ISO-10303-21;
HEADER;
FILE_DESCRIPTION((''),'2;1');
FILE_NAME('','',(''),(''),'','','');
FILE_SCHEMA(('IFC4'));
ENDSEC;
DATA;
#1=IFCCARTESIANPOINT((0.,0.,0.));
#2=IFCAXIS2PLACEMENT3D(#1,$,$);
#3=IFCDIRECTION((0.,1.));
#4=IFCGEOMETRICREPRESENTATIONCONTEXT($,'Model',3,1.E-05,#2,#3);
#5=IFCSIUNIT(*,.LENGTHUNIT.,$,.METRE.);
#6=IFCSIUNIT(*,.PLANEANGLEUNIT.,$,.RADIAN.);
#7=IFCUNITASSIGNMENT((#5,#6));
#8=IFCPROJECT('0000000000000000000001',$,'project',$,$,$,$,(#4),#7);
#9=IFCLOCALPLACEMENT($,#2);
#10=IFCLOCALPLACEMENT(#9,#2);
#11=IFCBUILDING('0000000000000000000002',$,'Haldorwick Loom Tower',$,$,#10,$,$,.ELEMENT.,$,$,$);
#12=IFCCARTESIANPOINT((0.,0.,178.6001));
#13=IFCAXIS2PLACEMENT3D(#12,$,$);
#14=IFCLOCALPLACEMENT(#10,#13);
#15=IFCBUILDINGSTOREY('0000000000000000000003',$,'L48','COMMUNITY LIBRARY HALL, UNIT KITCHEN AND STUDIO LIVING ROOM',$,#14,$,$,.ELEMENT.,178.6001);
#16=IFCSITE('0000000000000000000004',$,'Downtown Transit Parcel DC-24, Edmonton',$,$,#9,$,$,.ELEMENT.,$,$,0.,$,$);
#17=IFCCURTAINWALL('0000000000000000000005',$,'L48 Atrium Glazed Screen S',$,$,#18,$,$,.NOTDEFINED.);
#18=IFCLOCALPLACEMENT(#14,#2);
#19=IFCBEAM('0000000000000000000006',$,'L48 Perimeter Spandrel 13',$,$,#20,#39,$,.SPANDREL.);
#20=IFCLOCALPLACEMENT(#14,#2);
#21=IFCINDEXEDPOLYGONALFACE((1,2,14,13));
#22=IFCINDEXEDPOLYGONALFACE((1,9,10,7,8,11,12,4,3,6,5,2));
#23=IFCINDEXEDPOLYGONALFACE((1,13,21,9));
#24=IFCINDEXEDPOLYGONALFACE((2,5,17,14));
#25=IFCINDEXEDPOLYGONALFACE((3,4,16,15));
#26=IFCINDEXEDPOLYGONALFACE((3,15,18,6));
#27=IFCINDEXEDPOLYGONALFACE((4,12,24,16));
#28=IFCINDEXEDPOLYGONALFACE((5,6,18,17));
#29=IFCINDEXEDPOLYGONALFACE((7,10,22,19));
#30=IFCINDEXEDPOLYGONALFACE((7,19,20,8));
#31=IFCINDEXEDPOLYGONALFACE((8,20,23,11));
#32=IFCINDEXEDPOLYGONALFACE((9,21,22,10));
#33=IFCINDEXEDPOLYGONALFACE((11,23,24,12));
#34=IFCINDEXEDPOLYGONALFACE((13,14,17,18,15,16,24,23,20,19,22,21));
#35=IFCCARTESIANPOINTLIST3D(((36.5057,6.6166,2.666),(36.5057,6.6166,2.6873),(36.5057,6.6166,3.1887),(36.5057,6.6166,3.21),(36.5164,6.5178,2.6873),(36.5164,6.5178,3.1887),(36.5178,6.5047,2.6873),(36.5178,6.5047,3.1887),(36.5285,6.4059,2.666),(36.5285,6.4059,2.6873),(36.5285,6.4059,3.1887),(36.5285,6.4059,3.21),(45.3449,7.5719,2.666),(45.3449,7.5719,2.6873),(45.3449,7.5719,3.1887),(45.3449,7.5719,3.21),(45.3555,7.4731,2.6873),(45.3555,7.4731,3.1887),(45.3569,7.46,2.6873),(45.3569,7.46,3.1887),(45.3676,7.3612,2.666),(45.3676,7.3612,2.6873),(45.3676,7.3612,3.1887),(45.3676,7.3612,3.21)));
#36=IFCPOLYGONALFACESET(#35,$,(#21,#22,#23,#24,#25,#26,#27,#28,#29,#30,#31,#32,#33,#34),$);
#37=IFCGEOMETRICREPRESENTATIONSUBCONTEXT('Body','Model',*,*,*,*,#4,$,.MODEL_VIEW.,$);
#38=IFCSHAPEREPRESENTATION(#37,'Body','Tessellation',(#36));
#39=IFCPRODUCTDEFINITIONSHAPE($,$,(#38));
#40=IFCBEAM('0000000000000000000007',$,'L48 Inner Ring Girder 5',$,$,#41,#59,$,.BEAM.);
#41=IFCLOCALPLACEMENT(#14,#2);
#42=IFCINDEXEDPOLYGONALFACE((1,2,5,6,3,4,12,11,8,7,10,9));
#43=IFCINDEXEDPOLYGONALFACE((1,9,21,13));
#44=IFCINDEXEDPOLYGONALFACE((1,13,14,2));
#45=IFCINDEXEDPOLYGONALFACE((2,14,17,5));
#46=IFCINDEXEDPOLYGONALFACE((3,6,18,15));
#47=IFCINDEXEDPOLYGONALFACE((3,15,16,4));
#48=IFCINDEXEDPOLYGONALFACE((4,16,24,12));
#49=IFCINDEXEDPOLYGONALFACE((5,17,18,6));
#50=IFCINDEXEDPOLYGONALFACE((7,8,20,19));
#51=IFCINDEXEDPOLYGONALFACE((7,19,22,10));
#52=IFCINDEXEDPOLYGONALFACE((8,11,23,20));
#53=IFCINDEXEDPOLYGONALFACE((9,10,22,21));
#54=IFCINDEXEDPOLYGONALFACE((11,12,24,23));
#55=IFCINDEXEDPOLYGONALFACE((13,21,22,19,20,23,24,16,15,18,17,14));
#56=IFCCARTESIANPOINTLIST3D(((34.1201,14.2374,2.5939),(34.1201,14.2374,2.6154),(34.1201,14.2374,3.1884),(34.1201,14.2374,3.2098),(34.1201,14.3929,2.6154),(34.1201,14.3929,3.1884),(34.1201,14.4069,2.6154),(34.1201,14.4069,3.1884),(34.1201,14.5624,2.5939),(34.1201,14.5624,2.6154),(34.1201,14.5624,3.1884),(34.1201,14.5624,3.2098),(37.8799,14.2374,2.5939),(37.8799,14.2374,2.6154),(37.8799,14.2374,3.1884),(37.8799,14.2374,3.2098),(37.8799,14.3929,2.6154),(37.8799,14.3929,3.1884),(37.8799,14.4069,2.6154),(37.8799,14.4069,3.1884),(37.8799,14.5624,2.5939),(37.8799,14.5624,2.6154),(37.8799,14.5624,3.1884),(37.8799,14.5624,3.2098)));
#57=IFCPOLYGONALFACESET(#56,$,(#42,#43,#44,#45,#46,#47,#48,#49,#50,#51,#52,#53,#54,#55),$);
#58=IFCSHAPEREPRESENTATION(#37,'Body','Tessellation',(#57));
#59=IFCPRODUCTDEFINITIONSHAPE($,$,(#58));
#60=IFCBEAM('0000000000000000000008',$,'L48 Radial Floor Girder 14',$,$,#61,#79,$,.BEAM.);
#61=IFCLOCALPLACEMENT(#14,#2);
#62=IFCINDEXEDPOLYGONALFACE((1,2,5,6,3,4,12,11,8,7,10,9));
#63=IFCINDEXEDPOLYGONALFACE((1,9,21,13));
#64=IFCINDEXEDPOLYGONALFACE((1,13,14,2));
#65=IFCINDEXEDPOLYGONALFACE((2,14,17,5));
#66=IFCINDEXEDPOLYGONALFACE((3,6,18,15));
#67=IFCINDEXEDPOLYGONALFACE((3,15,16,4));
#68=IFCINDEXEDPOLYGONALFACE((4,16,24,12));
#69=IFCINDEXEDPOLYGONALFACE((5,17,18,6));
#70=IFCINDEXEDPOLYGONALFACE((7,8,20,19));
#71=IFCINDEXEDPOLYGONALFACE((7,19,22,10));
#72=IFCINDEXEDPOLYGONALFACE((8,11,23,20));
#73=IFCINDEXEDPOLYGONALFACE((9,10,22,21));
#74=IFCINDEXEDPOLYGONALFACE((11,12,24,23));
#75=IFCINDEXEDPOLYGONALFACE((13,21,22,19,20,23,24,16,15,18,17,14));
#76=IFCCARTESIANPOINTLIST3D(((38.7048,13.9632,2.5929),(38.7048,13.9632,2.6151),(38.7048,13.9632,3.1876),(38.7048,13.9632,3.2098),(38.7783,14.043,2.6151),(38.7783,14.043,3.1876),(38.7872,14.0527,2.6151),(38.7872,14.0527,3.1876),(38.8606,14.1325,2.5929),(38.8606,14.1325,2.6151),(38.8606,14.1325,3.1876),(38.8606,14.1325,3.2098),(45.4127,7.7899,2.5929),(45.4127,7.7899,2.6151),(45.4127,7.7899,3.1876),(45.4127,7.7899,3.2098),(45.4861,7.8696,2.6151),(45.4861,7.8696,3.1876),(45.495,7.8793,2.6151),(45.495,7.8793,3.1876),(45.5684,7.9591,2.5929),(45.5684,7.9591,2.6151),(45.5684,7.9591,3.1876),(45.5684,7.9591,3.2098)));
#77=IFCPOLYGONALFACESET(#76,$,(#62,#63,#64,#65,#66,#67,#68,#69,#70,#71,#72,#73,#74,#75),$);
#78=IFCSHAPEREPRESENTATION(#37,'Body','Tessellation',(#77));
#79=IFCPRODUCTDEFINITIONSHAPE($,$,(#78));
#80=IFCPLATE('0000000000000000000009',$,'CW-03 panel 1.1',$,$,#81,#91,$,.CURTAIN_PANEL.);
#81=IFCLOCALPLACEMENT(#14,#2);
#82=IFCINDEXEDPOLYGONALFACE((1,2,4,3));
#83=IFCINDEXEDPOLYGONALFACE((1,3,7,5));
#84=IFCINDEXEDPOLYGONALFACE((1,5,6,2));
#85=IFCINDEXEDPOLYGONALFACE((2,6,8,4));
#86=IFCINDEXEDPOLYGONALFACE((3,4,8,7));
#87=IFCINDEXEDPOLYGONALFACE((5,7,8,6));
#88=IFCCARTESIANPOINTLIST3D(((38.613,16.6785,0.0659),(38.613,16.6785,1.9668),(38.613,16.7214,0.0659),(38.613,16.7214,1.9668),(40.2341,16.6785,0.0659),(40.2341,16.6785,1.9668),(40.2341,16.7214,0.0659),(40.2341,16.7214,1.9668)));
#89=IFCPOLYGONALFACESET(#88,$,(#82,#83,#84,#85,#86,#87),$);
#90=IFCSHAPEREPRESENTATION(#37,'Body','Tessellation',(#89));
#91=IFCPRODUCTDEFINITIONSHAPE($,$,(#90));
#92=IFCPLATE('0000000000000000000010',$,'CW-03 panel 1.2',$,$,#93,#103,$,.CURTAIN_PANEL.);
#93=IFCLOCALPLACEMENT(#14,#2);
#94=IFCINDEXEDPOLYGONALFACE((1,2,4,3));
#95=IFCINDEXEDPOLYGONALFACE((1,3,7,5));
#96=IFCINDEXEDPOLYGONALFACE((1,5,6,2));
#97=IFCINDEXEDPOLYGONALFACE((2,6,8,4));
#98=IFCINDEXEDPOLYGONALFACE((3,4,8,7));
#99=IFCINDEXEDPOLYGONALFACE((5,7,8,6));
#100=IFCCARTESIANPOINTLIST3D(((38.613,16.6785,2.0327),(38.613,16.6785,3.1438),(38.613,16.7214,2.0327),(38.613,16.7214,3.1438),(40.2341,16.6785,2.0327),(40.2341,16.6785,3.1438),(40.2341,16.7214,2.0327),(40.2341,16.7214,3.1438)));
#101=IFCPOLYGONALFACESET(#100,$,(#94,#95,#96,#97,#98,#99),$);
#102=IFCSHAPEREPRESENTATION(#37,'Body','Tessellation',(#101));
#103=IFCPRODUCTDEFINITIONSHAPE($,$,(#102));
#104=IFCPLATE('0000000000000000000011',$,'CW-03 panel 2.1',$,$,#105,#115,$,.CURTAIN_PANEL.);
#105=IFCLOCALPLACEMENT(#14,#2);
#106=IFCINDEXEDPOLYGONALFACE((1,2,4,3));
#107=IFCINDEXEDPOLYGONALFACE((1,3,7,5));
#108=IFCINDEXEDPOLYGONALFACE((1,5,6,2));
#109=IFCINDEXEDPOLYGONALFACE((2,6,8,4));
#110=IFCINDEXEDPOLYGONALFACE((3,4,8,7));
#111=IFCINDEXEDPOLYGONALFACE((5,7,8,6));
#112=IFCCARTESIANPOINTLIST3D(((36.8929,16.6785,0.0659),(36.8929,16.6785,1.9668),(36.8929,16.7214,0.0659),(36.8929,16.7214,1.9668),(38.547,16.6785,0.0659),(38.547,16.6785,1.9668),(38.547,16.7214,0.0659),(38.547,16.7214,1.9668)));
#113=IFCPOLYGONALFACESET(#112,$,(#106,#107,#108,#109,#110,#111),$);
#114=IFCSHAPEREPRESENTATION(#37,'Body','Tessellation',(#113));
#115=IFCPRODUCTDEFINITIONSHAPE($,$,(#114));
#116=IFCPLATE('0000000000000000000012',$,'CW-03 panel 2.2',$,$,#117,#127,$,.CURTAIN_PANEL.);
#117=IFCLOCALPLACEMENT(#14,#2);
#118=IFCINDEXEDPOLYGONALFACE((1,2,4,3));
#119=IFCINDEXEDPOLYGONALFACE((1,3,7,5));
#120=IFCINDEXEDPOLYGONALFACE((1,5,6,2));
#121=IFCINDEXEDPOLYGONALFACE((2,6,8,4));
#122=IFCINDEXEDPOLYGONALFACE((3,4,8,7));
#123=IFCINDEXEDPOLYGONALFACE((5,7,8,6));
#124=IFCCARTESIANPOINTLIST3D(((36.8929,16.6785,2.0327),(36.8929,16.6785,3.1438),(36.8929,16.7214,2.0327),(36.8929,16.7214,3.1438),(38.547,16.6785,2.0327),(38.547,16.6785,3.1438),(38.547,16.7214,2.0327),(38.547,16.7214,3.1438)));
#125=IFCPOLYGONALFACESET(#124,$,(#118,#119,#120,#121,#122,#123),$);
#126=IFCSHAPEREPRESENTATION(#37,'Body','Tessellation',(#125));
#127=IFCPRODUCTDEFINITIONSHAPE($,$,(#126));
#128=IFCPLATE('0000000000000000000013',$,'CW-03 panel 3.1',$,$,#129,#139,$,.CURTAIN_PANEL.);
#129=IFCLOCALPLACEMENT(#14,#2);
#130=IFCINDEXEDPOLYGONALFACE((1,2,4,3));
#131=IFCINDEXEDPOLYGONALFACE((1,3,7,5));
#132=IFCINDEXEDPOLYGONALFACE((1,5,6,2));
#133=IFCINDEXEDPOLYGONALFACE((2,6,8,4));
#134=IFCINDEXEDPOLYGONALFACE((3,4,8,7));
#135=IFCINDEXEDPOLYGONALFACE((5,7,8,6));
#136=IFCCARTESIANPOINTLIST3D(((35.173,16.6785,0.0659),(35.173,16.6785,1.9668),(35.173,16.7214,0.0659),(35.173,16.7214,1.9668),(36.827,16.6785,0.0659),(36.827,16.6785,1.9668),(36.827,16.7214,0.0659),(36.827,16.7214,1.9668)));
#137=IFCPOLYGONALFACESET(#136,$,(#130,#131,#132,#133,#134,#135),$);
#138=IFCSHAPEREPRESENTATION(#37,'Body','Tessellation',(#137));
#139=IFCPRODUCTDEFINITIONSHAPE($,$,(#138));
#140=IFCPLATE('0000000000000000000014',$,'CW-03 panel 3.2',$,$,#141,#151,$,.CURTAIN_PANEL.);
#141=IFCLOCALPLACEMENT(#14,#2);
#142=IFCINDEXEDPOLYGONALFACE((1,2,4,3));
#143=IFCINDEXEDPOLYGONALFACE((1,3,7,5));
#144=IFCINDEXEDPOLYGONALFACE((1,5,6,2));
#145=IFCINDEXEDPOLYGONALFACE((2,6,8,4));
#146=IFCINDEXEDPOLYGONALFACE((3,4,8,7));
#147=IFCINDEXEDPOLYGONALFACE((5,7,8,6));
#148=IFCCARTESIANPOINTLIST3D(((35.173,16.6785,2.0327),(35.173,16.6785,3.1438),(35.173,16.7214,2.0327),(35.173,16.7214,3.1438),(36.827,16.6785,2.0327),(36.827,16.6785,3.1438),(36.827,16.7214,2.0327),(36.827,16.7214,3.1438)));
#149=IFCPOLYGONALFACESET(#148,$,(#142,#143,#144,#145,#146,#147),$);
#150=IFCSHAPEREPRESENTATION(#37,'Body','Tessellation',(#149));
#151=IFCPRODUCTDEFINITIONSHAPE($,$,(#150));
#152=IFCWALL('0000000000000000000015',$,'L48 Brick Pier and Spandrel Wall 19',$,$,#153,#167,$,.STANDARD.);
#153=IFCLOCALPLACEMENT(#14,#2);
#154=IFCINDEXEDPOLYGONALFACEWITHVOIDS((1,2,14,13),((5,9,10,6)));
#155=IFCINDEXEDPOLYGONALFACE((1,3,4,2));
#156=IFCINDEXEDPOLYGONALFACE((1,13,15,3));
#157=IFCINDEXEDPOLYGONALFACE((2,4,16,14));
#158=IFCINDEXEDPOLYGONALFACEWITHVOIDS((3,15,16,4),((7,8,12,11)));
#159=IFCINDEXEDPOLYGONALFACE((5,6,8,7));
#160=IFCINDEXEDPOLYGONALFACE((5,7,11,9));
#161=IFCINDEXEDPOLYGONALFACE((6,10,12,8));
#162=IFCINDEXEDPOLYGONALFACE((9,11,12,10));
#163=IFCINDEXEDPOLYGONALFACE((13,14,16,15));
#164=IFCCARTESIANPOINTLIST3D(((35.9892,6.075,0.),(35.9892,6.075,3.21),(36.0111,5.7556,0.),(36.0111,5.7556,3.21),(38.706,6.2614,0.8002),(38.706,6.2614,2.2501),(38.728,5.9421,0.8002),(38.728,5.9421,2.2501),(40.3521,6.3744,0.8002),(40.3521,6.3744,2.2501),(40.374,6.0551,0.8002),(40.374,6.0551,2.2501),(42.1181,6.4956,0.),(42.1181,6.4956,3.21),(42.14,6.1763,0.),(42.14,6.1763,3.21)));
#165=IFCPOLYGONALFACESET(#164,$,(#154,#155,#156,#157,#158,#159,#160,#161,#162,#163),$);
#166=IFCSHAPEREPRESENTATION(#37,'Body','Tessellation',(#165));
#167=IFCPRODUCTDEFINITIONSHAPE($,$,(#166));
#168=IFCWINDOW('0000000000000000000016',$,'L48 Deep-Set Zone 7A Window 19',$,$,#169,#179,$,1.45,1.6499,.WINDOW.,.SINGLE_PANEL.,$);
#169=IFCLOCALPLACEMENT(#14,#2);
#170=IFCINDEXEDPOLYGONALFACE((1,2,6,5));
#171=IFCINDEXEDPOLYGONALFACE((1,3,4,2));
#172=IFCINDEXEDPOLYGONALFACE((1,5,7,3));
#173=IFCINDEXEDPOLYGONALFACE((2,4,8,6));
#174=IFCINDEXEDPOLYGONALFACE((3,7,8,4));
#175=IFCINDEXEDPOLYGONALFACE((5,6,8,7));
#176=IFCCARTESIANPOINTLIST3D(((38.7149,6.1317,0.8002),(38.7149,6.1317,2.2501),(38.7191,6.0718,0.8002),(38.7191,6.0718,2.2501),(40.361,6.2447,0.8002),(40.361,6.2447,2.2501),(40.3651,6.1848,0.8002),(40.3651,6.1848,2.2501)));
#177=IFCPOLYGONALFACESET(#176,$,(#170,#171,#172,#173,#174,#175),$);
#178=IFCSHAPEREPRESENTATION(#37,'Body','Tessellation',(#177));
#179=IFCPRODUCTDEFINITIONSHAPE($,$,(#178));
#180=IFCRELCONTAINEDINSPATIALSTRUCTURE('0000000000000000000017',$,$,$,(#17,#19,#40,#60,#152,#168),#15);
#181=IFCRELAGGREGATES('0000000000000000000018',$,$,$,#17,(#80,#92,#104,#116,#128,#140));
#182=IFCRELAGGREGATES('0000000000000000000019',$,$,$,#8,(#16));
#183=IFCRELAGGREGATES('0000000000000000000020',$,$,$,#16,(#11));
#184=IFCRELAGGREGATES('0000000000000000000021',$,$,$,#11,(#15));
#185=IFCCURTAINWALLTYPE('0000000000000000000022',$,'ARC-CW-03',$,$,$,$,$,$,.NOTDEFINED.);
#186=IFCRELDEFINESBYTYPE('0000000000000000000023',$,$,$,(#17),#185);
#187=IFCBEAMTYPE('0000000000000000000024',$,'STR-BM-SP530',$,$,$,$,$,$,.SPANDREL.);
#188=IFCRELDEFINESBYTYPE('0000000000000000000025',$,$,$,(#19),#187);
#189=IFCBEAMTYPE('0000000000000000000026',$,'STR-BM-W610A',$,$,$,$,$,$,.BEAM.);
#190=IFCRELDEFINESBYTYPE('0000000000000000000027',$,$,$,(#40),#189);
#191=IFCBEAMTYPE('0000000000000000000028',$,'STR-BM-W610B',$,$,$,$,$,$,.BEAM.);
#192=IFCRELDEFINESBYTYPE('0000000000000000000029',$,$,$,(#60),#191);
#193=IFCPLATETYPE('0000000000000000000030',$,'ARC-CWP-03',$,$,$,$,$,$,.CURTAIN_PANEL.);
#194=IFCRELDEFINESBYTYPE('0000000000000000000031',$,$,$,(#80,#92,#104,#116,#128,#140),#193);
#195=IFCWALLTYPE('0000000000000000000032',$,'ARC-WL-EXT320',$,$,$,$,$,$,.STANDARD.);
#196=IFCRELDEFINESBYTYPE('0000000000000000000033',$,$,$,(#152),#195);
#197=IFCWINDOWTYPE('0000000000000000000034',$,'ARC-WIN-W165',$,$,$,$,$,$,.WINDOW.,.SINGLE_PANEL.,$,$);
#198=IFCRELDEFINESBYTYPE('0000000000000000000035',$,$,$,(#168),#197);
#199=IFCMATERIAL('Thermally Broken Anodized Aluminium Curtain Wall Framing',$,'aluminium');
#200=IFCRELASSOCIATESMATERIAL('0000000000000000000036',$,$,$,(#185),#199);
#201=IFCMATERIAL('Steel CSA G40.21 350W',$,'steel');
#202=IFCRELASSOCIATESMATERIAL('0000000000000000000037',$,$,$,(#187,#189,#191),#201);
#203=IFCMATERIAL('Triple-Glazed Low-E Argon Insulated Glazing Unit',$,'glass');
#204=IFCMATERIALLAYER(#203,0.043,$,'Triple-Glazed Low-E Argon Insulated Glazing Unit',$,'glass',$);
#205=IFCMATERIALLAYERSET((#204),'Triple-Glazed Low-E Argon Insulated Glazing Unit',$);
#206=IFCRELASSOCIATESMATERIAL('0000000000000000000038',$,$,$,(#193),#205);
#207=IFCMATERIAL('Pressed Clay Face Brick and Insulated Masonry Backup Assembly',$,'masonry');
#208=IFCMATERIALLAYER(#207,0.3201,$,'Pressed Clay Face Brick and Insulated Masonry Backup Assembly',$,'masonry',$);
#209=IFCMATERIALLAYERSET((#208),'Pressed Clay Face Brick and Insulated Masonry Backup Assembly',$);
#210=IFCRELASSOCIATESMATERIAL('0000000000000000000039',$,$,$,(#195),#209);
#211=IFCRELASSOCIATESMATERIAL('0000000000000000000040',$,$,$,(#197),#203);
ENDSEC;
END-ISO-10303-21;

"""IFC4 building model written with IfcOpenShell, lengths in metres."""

from ifc_helpers import new_model, si_unit, direction, frame, frame_2d, origin, origin_2d, place, context, subcontext, project, spatial, rectangle, i_section, extrude, material, layer, layer_set, material_profile, profile_set, type_object, element, fill, aggregate, save


model = new_model("IFC4")

# Units and contexts
model_context = context("Model", 3, precision=1e-05, world=origin(), true_north=direction((0.0, 1.0)))
body_context = subcontext(model_context, "Body", "Model", "MODEL_VIEW")
ifc_project = project(units=[si_unit("LENGTHUNIT", "METRE"), si_unit("PLANEANGLEUNIT", "RADIAN")], contexts=[model_context])

# Site, building, storey
site_placement = place(None, origin())
site = spatial("IfcSite", under=ifc_project, at=site_placement, Name="Downtown Transit Parcel DC-24, Edmonton", CompositionType="ELEMENT", RefElevation=0.0)
building_placement = place(site_placement, origin())
building = spatial("IfcBuilding", under=site, at=building_placement, Name="Haldorwick Loom Tower", CompositionType="ELEMENT")
storey_placement = place(building_placement, frame((0.0, 0.0, 178.6001)))
storey = spatial("IfcBuildingStorey", under=building, at=storey_placement, Name="L48", Description="COMMUNITY LIBRARY HALL, UNIT KITCHEN AND STUDIO LIVING ROOM", CompositionType="ELEMENT", Elevation=178.6001)

# Curtain wall
ifc_material_1 = material(Name="Thermally Broken Anodized Aluminium Curtain Wall Framing", Category="aluminium")
curtain_wall_type = type_object("IfcCurtainWallType", Name="ARC-CW-03", PredefinedType="NOTDEFINED", material=ifc_material_1)
curtain_wall_placement = place(storey_placement, origin())
curtain_wall = element("IfcCurtainWall", 1, at=curtain_wall_placement, inside=storey, type_object=curtain_wall_type, Name="L48 Atrium Glazed Screen S", PredefinedType="NOTDEFINED")

# Beams
ifc_material_2 = material(Name="Steel CSA G40.21 350W", Category="steel")
ifc_material_profile_1 = material_profile(ifc_material_2, i_section(OverallWidth=0.2119, OverallDepth=0.5439, WebThickness=0.0132, FlangeThickness=0.0212, at=origin_2d()), Name="W530X123", Category="steel")
ifc_profile_set_1 = profile_set([ifc_material_profile_1], Name="Steel CSA G40.21 350W")
beam_type_1 = type_object("IfcBeamType", Name="STR-BM-SP530", PredefinedType="SPANDREL", material=ifc_profile_set_1)
beam_1_placement = place(storey_placement, frame((36.5171, 6.5112, 2.938), z_axis=(0.99421, 0.107453, 0.0), x_axis=(-0.107453, 0.99421, 0.0)))
element("IfcBeam", 2, at=beam_1_placement, inside=storey, type_object=beam_type_1, Name="L48 Perimeter Spandrel 13", PredefinedType="SPANDREL", context=body_context, shape_type="SweptSolid", body=[
    extrude(i_section(OverallWidth=0.2119, OverallDepth=0.5439, WebThickness=0.0132, FlangeThickness=0.0212, at=origin_2d()), origin(), (0.0, 0.0, 1.0), 8.8906),
])
ifc_material_profile_2 = material_profile(ifc_material_2, i_section(OverallWidth=0.325, OverallDepth=0.616, WebThickness=0.0139, FlangeThickness=0.0215, at=origin_2d()), Name="W610X174", Category="steel")
ifc_profile_set_2 = profile_set([ifc_material_profile_2], Name="Steel CSA G40.21 350W")
beam_type_2 = type_object("IfcBeamType", Name="STR-BM-W610A", PredefinedType="BEAM", material=ifc_profile_set_2)
beam_2_placement = place(storey_placement, frame((37.8799, 14.3999, 2.9019), z_axis=(-1.0, 0.0, 0.0), x_axis=(0.0, -1.0, 0.0)))
element("IfcBeam", 3, at=beam_2_placement, inside=storey, type_object=beam_type_2, Name="L48 Inner Ring Girder 5", PredefinedType="BEAM", context=body_context, shape_type="SweptSolid", body=[
    extrude(i_section(OverallWidth=0.325, OverallDepth=0.616, WebThickness=0.0139, FlangeThickness=0.0215, at=origin_2d()), origin(), (0.0, 0.0, 1.0), 3.7598),
])
ifc_material_profile_3 = material_profile(ifc_material_2, i_section(OverallWidth=0.23, OverallDepth=0.6169, WebThickness=0.0132, FlangeThickness=0.0222, at=origin_2d()), Name="W610X140", Category="steel")
ifc_profile_set_3 = profile_set([ifc_material_profile_3], Name="Steel CSA G40.21 350W")
beam_type_3 = type_object("IfcBeamType", Name="STR-BM-W610B", PredefinedType="BEAM", material=ifc_profile_set_3)
beam_3_placement = place(storey_placement, frame((38.7827, 14.0479, 2.9014), z_axis=(0.735811, -0.677187, 0.0), x_axis=(0.677187, 0.735811, 0.0)))
element("IfcBeam", 4, at=beam_3_placement, inside=storey, type_object=beam_type_3, Name="L48 Radial Floor Girder 14", PredefinedType="BEAM", context=body_context, shape_type="SweptSolid", body=[
    extrude(i_section(OverallWidth=0.23, OverallDepth=0.6169, WebThickness=0.0132, FlangeThickness=0.0222, at=origin_2d()), origin(), (0.0, 0.0, 1.0), 9.1162),
])

# Plates
ifc_material_3 = material(Name="Triple-Glazed Low-E Argon Insulated Glazing Unit", Category="glass")
ifc_layer_1 = layer(ifc_material_3, 0.043, Name="Triple-Glazed Low-E Argon Insulated Glazing Unit", Category="glass")
ifc_layer_set_1 = layer_set([ifc_layer_1], Name="Triple-Glazed Low-E Argon Insulated Glazing Unit")
plate_type = type_object("IfcPlateType", Name="ARC-CWP-03", PredefinedType="CURTAIN_PANEL", material=ifc_layer_set_1)
plate_1_placement = place(storey_placement, frame((39.4236, 16.7, 0.0659), z_axis=(0.0, 0.0, 1.0), x_axis=(-1.0, 0.0, 0.0)))
plate_1 = element("IfcPlate", 5, at=plate_1_placement, type_object=plate_type, Name="CW-03 panel 1.1", PredefinedType="CURTAIN_PANEL", context=body_context, shape_type="SweptSolid", body=[
    extrude(rectangle(XDim=1.6211, YDim=0.043, at=origin_2d()), origin(), (0.0, 0.0, 1.0), 1.9009),
])
plate_2_placement = place(storey_placement, frame((39.4236, 16.7, 2.0327), z_axis=(0.0, 0.0, 1.0), x_axis=(-1.0, 0.0, 0.0)))
plate_2 = element("IfcPlate", 6, at=plate_2_placement, type_object=plate_type, Name="CW-03 panel 1.2", PredefinedType="CURTAIN_PANEL", context=body_context, shape_type="SweptSolid", body=[
    extrude(rectangle(XDim=1.6211, YDim=0.043, at=origin_2d()), origin(), (0.0, 0.0, 1.0), 1.1111),
])
plate_3_placement = place(storey_placement, frame((37.72, 16.7, 0.0659), z_axis=(0.0, 0.0, 1.0), x_axis=(-1.0, 0.0, 0.0)))
plate_3 = element("IfcPlate", 7, at=plate_3_placement, type_object=plate_type, Name="CW-03 panel 2.1", PredefinedType="CURTAIN_PANEL", context=body_context, shape_type="SweptSolid", body=[
    extrude(rectangle(XDim=1.6541, YDim=0.043, at=origin_2d()), origin(), (0.0, 0.0, 1.0), 1.9009),
])
plate_4_placement = place(storey_placement, frame((37.72, 16.7, 2.0327), z_axis=(0.0, 0.0, 1.0), x_axis=(-1.0, 0.0, 0.0)))
plate_4 = element("IfcPlate", 8, at=plate_4_placement, type_object=plate_type, Name="CW-03 panel 2.2", PredefinedType="CURTAIN_PANEL", context=body_context, shape_type="SweptSolid", body=[
    extrude(rectangle(XDim=1.6541, YDim=0.043, at=origin_2d()), origin(), (0.0, 0.0, 1.0), 1.1111),
])
plate_5_placement = place(storey_placement, frame((36.0, 16.7, 0.0659), z_axis=(0.0, 0.0, 1.0), x_axis=(-1.0, 0.0, 0.0)))
plate_5 = element("IfcPlate", 9, at=plate_5_placement, type_object=plate_type, Name="CW-03 panel 3.1", PredefinedType="CURTAIN_PANEL", context=body_context, shape_type="SweptSolid", body=[
    extrude(rectangle(XDim=1.6541, YDim=0.043, at=origin_2d()), origin(), (0.0, 0.0, 1.0), 1.9009),
])
plate_6_placement = place(storey_placement, frame((36.0, 16.7, 2.0327), z_axis=(0.0, 0.0, 1.0), x_axis=(-1.0, 0.0, 0.0)))
plate_6 = element("IfcPlate", 10, at=plate_6_placement, type_object=plate_type, Name="CW-03 panel 3.2", PredefinedType="CURTAIN_PANEL", context=body_context, shape_type="SweptSolid", body=[
    extrude(rectangle(XDim=1.6541, YDim=0.043, at=origin_2d()), origin(), (0.0, 0.0, 1.0), 1.1111),
])
aggregate(curtain_wall, [plate_1, plate_2, plate_3, plate_4, plate_5, plate_6])

# Wall, opening, window
ifc_material_4 = material(Name="Pressed Clay Face Brick and Insulated Masonry Backup Assembly", Category="masonry")
ifc_layer_2 = layer(ifc_material_4, 0.3201, Name="Pressed Clay Face Brick and Insulated Masonry Backup Assembly", Category="masonry")
ifc_layer_set_2 = layer_set([ifc_layer_2], Name="Pressed Clay Face Brick and Insulated Masonry Backup Assembly")
wall_type_1 = type_object("IfcWallType", Name="ARC-WL-EXT320", PredefinedType="STANDARD", material=ifc_layer_set_2)
wall_1_placement = place(storey_placement, frame((36.0, 5.9153, 0.0), z_axis=(0.0, 0.0, 1.0), x_axis=(0.997653, 0.068473, 0.0)))
wall_1 = element("IfcWall", 11, at=wall_1_placement, inside=storey, type_object=wall_type_1, Name="L48 Brick Pier and Spandrel Wall 19", PredefinedType="STANDARD", context=body_context, shape_type="SweptSolid", body=[
    extrude(rectangle(XDim=6.1433, YDim=0.3201, at=frame_2d((3.0718, 0.0))), origin(), (0.0, 0.0, 1.0), 3.21),
])
opening_placement = place(wall_1_placement, frame((2.7234, 0.0, 0.8)))
opening = element("IfcOpeningElement", 12, at=opening_placement, cuts=wall_1, PredefinedType="OPENING", context=body_context, shape_type="SweptSolid", body=[
    extrude(rectangle(XDim=1.6499, YDim=1.45, at=frame_2d((0.825, 0.7251))), frame((0.0, 0.1699, 0.0), z_axis=(0.0, -1.0, 0.0), x_axis=(1.0, 0.0, 0.0)), (0.0, 0.0, 1.0), 0.3401),
])
window_type = type_object("IfcWindowType", Name="ARC-WIN-W165", PartitioningType="SINGLE_PANEL", PredefinedType="WINDOW", material=ifc_material_3)
window_placement = place(opening_placement, origin())
window = element("IfcWindow", 13, at=window_placement, inside=storey, type_object=window_type, Name="L48 Deep-Set Zone 7A Window 19", OverallHeight=1.45, OverallWidth=1.6499, PartitioningType="SINGLE_PANEL", PredefinedType="WINDOW", context=body_context, shape_type="SweptSolid", body=[
    extrude(rectangle(XDim=1.6499, YDim=1.45, at=frame_2d((0.825, 0.7251))), frame((0.0, 0.03, 0.0), z_axis=(0.0, -1.0, 0.0), x_axis=(1.0, 0.0, 0.0)), (0.0, 0.0, 1.0), 0.0601),
])
fill(opening, window)

save(model, "model.ifc")
